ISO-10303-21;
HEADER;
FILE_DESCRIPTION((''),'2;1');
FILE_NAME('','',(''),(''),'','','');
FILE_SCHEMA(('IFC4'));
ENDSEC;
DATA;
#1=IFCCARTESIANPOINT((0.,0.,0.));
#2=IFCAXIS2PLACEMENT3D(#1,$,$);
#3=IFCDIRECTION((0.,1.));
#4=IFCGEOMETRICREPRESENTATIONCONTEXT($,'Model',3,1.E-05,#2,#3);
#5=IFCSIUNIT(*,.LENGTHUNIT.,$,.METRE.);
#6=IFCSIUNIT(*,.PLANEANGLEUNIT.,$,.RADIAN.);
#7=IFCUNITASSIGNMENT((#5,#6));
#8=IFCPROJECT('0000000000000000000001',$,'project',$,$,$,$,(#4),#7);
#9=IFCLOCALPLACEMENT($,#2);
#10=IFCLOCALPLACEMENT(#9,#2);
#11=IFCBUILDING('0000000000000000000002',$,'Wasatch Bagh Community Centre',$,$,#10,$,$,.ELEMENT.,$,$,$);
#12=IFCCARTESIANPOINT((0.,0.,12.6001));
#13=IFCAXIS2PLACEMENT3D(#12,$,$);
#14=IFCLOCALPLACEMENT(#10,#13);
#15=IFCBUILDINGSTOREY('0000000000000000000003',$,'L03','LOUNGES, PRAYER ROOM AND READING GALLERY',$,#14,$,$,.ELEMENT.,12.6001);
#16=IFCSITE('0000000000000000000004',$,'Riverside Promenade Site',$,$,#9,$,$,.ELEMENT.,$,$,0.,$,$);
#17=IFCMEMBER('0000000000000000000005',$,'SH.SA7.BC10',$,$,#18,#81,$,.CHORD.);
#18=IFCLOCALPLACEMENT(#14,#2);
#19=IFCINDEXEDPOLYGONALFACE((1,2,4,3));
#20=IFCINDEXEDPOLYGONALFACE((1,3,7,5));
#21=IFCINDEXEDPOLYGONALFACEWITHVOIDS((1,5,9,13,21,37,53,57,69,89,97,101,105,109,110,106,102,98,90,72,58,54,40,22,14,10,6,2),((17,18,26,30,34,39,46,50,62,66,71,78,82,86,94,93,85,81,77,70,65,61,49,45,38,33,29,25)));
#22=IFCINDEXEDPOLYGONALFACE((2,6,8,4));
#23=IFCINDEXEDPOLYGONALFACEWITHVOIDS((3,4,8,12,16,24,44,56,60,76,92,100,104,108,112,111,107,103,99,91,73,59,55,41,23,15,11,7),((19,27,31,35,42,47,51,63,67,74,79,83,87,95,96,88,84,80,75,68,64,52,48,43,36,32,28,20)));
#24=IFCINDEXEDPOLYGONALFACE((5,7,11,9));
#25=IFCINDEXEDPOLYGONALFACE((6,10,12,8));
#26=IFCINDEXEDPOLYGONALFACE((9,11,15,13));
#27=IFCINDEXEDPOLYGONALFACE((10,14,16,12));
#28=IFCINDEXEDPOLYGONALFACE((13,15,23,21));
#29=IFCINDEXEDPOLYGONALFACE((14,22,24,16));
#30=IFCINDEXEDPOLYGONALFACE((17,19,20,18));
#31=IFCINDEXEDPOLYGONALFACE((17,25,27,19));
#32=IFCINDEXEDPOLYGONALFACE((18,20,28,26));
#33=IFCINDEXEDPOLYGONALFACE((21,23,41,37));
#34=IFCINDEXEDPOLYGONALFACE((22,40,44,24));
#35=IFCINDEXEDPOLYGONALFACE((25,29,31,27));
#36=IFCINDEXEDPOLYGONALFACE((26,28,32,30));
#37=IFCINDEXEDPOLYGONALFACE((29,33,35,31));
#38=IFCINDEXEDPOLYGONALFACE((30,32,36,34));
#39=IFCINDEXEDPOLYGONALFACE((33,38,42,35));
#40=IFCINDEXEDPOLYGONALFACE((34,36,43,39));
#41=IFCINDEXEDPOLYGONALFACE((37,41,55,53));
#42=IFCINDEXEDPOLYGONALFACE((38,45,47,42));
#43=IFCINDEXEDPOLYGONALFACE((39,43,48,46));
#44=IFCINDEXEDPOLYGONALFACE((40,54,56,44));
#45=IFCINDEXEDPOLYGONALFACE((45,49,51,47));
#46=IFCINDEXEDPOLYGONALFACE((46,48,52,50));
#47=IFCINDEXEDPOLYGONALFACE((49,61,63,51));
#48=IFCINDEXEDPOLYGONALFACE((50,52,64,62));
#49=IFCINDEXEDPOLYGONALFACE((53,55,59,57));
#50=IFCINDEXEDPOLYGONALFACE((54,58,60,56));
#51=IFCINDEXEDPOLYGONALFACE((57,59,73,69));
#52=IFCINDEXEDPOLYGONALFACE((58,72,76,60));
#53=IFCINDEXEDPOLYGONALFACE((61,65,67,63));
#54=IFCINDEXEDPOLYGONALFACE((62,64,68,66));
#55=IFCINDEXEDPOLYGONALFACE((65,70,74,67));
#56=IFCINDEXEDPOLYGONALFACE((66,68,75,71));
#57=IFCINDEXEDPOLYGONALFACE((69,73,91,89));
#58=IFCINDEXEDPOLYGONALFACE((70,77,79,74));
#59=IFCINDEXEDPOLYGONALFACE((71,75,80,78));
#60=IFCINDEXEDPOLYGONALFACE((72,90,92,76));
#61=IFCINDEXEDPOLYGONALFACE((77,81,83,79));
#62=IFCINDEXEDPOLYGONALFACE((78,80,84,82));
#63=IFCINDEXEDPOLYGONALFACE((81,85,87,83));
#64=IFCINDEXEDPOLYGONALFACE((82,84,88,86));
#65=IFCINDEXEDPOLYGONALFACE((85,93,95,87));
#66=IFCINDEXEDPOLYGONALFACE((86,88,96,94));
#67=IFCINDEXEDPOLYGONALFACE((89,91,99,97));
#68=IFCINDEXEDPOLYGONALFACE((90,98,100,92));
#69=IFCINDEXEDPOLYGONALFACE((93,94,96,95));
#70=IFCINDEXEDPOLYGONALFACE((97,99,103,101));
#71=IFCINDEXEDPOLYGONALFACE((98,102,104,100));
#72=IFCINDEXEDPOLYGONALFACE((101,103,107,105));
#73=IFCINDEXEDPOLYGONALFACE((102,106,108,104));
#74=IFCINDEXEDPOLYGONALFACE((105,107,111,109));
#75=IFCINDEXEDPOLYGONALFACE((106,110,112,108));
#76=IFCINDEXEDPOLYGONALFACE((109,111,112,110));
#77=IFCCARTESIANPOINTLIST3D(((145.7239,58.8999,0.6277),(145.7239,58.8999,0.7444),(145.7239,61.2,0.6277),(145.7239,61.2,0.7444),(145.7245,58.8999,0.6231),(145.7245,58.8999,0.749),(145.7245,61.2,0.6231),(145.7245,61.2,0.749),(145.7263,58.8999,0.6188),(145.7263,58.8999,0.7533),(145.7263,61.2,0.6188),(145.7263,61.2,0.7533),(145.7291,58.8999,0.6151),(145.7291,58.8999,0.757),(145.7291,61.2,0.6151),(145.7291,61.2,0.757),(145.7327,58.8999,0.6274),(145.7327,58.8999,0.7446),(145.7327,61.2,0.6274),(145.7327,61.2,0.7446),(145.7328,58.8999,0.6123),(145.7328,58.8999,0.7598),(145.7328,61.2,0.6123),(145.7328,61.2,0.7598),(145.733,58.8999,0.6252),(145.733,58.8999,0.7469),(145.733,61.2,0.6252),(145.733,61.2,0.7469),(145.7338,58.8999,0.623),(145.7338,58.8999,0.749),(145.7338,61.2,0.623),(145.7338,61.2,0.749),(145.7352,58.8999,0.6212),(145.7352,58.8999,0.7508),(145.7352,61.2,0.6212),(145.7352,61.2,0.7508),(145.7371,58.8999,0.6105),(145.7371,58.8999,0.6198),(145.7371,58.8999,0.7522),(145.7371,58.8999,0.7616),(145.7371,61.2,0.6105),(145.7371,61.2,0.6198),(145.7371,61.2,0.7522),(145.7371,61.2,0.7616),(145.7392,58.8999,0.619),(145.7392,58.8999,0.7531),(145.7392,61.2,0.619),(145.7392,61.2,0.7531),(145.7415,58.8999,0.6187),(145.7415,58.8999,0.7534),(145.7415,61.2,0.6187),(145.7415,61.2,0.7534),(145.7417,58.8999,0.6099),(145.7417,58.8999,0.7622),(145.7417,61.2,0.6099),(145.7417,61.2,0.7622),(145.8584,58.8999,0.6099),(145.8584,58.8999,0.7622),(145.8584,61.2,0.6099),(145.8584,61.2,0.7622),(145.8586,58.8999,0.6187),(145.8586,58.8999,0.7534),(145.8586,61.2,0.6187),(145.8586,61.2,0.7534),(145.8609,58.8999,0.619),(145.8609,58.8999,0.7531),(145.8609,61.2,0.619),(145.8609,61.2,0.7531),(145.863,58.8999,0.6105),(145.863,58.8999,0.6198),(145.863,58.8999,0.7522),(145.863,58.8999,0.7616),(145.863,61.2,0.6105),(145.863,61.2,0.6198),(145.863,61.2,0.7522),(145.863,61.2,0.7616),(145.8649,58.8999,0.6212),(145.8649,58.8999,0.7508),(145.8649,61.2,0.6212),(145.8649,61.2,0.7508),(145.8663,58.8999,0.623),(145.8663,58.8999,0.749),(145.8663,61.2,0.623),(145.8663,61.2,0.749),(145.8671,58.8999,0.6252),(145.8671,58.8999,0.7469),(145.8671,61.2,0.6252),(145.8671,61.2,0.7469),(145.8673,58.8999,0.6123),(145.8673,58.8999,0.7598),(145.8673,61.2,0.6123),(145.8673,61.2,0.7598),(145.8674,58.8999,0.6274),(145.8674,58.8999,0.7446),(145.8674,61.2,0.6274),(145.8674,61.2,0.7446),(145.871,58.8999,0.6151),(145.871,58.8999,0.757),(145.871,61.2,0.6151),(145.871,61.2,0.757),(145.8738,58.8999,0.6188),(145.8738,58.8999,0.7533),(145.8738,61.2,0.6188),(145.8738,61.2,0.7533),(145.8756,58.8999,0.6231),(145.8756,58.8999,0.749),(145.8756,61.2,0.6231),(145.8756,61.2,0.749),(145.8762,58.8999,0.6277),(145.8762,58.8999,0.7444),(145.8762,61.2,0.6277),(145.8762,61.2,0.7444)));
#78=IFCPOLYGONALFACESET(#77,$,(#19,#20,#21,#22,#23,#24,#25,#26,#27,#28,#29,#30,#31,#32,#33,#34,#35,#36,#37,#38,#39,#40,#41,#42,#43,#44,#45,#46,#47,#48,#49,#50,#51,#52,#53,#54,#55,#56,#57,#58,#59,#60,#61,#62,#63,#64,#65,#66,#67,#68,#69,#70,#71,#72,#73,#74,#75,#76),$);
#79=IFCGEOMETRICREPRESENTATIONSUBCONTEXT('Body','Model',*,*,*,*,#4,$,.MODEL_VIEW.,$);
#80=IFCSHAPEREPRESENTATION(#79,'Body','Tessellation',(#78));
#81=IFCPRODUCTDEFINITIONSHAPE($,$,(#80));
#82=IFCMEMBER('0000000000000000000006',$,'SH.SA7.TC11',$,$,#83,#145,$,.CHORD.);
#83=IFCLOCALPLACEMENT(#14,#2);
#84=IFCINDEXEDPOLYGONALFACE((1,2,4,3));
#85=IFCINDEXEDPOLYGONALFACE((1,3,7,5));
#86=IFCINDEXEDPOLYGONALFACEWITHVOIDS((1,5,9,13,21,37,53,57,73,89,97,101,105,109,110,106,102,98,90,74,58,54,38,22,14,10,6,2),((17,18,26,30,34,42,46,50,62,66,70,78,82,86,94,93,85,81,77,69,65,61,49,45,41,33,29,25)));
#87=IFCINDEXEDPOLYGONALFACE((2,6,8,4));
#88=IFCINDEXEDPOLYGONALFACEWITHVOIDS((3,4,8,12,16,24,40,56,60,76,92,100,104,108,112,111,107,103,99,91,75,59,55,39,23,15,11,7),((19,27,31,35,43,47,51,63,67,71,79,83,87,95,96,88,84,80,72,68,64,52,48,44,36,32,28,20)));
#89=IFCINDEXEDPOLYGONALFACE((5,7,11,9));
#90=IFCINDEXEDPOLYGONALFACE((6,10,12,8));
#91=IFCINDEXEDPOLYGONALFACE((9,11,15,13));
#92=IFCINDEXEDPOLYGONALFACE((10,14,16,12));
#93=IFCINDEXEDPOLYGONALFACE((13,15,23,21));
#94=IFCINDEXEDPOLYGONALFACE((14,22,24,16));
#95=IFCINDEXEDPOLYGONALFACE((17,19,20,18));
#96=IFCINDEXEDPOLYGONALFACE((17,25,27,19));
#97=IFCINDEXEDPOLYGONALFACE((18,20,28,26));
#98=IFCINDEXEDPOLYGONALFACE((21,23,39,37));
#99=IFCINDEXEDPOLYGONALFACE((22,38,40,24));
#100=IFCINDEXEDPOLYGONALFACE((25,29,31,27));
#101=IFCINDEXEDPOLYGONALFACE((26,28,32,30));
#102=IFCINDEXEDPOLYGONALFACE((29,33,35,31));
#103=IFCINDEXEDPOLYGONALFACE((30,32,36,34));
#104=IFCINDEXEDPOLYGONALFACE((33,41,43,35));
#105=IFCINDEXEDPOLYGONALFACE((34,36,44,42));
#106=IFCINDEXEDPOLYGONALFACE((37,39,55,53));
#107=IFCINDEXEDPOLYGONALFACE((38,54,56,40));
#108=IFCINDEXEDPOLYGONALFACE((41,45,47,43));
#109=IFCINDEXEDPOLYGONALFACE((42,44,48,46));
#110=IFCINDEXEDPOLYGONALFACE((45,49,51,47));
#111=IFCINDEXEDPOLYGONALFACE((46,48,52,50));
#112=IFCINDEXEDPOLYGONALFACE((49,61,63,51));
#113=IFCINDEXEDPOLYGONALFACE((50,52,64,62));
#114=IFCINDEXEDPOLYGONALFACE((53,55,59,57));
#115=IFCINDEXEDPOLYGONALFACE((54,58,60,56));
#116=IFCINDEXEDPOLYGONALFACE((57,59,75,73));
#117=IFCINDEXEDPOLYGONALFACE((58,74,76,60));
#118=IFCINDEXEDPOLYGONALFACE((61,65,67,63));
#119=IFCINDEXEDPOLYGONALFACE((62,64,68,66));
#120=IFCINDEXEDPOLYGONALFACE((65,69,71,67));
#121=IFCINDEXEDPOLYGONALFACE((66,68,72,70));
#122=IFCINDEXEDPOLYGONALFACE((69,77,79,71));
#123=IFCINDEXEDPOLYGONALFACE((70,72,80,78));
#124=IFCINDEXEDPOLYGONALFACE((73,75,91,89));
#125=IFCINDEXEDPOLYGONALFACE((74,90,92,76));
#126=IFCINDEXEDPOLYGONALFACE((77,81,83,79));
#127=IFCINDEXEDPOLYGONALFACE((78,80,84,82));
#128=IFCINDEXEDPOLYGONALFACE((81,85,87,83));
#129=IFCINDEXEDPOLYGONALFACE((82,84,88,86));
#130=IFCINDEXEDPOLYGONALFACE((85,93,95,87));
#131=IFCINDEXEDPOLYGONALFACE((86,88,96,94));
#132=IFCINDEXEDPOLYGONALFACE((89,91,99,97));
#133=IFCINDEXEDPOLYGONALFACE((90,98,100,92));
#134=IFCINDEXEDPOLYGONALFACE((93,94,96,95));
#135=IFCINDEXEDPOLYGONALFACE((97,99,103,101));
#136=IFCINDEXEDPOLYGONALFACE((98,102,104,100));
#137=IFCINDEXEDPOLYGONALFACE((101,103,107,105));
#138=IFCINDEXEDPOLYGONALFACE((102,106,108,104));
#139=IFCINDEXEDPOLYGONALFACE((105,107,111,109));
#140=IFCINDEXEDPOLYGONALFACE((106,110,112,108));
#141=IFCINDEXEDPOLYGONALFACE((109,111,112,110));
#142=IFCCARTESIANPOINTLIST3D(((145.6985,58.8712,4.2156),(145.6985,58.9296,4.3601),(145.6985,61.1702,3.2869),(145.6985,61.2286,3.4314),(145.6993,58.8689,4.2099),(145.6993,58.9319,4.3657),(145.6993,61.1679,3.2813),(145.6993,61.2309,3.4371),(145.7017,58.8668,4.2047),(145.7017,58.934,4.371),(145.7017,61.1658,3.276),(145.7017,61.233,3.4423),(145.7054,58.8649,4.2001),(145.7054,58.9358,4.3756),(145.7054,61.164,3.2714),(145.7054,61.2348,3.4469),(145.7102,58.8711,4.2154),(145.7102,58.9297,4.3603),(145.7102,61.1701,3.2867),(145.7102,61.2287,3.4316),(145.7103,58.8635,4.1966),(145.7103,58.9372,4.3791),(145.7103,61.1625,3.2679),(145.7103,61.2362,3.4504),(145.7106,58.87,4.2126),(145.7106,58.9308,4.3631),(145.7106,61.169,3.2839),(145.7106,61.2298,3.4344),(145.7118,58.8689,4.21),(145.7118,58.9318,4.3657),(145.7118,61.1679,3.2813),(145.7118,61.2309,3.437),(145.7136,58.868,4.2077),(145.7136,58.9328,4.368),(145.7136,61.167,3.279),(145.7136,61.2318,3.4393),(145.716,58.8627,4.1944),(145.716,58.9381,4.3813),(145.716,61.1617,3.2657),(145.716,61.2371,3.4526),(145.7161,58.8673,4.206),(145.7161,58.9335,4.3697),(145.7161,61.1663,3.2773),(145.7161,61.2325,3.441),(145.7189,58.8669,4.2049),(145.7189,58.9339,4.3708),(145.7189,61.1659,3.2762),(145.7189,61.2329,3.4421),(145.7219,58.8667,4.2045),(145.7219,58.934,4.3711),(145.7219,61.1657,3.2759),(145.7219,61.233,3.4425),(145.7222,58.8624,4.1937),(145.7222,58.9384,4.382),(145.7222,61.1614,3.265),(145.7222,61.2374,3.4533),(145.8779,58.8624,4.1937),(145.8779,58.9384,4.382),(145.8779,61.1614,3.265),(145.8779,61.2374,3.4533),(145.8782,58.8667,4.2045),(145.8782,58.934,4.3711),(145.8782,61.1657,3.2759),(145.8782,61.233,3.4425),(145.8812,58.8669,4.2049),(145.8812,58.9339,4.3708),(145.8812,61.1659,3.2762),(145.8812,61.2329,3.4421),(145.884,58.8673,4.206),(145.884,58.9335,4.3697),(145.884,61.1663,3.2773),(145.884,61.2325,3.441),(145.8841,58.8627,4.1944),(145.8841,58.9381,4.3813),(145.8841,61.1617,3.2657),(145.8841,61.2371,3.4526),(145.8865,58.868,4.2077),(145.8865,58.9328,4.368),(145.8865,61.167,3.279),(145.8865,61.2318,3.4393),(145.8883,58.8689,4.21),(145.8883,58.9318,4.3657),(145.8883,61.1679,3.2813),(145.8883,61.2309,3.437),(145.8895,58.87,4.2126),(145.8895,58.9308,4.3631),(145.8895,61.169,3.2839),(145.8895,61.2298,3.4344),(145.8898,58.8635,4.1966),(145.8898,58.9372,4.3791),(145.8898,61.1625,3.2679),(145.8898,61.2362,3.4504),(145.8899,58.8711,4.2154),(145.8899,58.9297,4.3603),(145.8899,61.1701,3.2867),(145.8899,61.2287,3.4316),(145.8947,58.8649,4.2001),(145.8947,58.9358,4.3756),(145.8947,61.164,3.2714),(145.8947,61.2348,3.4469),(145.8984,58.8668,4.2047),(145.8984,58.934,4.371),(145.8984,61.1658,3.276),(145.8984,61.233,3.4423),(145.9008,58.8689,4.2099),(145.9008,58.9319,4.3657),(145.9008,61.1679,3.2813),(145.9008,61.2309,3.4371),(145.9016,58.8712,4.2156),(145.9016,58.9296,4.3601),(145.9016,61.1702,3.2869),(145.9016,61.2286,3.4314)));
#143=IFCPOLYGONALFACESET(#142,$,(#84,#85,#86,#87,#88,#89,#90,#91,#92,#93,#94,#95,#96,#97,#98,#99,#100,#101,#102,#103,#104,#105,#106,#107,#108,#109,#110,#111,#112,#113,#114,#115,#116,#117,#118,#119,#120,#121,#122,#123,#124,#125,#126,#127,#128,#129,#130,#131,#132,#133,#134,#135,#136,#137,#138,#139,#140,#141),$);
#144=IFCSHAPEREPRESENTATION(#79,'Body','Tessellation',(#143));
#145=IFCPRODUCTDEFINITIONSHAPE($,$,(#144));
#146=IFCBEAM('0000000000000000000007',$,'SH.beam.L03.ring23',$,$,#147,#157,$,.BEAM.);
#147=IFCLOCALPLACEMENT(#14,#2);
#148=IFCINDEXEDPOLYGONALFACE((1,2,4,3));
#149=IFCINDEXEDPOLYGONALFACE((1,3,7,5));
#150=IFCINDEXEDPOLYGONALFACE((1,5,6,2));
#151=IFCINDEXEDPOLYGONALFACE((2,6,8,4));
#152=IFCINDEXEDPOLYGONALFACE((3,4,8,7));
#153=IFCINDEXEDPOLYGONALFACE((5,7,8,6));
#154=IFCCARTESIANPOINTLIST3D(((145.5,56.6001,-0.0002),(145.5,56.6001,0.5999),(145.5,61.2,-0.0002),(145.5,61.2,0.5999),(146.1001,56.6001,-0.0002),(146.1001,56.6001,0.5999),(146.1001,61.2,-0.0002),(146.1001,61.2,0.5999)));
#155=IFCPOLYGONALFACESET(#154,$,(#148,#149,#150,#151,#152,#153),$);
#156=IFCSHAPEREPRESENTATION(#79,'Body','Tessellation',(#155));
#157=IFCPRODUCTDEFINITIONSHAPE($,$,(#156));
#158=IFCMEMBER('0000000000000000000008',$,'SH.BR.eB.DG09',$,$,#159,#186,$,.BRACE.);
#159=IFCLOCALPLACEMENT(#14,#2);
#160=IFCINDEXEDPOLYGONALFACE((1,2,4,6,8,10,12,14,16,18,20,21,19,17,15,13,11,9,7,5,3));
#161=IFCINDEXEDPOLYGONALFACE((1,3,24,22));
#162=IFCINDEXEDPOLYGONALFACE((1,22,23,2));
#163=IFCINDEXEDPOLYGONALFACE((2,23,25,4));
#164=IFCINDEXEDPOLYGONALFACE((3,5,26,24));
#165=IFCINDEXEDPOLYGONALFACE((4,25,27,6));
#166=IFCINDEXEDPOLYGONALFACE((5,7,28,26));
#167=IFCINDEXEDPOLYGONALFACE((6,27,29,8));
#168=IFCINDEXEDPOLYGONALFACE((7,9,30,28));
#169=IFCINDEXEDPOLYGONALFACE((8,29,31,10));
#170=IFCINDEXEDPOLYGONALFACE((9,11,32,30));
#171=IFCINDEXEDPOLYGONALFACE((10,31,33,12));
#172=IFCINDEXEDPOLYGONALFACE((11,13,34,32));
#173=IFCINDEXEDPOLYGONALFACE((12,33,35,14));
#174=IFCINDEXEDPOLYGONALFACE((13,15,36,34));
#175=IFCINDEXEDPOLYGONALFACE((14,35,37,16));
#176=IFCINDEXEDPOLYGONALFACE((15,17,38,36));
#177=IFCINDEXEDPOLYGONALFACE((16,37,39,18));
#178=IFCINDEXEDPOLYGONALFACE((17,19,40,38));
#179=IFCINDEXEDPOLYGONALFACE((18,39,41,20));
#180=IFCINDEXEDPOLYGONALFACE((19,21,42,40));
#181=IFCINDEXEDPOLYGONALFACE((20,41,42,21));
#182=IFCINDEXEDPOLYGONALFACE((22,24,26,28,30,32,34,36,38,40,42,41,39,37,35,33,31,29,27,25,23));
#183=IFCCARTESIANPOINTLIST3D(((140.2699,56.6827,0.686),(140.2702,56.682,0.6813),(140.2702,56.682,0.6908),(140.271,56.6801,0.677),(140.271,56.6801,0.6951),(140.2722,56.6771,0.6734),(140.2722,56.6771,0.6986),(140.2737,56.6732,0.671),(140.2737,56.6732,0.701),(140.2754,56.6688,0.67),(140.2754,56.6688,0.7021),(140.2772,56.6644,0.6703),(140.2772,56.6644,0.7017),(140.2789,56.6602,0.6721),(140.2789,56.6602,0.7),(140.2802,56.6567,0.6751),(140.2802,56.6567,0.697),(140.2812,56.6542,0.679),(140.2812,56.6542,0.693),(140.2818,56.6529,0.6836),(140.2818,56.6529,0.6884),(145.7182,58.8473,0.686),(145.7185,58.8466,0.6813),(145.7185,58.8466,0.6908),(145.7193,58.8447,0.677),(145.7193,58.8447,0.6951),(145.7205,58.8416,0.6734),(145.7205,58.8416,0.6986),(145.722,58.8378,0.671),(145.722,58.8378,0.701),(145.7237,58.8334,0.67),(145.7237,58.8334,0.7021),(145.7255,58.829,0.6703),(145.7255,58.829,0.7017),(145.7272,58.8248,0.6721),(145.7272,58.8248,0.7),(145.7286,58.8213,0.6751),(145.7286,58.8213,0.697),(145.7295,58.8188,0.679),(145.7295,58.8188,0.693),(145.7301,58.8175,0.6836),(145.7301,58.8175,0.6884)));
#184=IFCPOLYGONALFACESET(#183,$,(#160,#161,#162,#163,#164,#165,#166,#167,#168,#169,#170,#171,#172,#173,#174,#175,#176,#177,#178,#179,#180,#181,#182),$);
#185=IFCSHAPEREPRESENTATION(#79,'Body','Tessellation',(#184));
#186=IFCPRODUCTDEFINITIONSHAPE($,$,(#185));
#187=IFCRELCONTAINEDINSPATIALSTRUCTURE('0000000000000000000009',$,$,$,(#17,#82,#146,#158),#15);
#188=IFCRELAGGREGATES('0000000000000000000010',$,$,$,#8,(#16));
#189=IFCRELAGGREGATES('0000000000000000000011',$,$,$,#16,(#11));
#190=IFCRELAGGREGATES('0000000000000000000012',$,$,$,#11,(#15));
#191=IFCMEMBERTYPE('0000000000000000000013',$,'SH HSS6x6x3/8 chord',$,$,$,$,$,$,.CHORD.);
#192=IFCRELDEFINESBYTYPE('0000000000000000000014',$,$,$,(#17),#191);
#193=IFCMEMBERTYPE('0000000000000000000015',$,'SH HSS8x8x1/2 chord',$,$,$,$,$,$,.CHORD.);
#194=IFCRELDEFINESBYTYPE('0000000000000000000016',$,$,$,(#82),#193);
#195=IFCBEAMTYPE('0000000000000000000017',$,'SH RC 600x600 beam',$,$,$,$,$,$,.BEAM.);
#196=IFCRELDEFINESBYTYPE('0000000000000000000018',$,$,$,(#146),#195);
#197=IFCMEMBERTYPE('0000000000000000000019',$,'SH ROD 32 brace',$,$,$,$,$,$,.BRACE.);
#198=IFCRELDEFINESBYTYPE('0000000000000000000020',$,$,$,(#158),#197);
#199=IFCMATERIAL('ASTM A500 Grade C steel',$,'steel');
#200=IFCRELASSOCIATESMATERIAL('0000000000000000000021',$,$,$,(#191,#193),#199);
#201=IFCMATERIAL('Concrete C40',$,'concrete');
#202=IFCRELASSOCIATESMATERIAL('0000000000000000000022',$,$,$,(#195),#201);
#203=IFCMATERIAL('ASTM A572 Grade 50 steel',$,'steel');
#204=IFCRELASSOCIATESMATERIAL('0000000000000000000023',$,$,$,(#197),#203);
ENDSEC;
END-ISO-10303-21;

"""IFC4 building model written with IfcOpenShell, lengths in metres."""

from ifc_helpers import new_model, si_unit, direction, frame, origin, origin_2d, place, context, subcontext, project, spatial, rectangle, hollow_rectangle, circle, extrude, material, material_profile, profile_set, type_object, element, save


model = new_model("IFC4")

# Units and contexts
model_context = context("Model", 3, precision=1e-05, world=origin(), true_north=direction((0.0, 1.0)))
body_context = subcontext(model_context, "Body", "Model", "MODEL_VIEW")
ifc_project = project(units=[si_unit("LENGTHUNIT", "METRE"), si_unit("PLANEANGLEUNIT", "RADIAN")], contexts=[model_context])

# Site, building, storey
site_placement = place(None, origin())
site = spatial("IfcSite", under=ifc_project, at=site_placement, Name="Riverside Promenade Site", CompositionType="ELEMENT", RefElevation=0.0)
building_placement = place(site_placement, origin())
building = spatial("IfcBuilding", under=site, at=building_placement, Name="Wasatch Bagh Community Centre", CompositionType="ELEMENT")
storey_placement = place(building_placement, frame((0.0, 0.0, 12.6001)))
storey = spatial("IfcBuildingStorey", under=building, at=storey_placement, Name="L03", Description="LOUNGES, PRAYER ROOM AND READING GALLERY", CompositionType="ELEMENT", Elevation=12.6001)

# Members
ifc_material_1 = material(Name="ASTM A500 Grade C steel", Category="steel")
ifc_material_profile_1 = material_profile(ifc_material_1, hollow_rectangle(XDim=0.1523, YDim=0.1523, WallThickness=0.0088, InnerFilletRadius=0.0088, OuterFilletRadius=0.0178, at=origin_2d()), Name="HSS6x6x3/8")
ifc_profile_set_1 = profile_set([ifc_material_profile_1], Name="ASTM A500 Grade C steel")
member_type_1 = type_object("IfcMemberType", Name="SH HSS6x6x3/8 chord", PredefinedType="CHORD", material=ifc_profile_set_1)
member_1_placement = place(storey_placement, frame((145.8, 58.8999, 0.686), z_axis=(0.0, 1.0, 0.0), x_axis=(-1.0, 0.0, 0.0)))
element("IfcMember", 1, at=member_1_placement, inside=storey, type_object=member_type_1, Name="SH.SA7.BC10", PredefinedType="CHORD", context=body_context, shape_type="SweptSolid", body=[
    extrude(hollow_rectangle(XDim=0.1523, YDim=0.1523, WallThickness=0.0088, InnerFilletRadius=0.0088, OuterFilletRadius=0.0178, at=origin_2d()), origin(), (0.0, 0.0, 1.0), 2.3),
])
ifc_material_profile_2 = material_profile(ifc_material_1, hollow_rectangle(XDim=0.2031, YDim=0.2031, WallThickness=0.0117, InnerFilletRadius=0.0117, OuterFilletRadius=0.0237, at=origin_2d()), Name="HSS8x8x1/2")
ifc_profile_set_2 = profile_set([ifc_material_profile_2], Name="ASTM A500 Grade C steel")
member_type_2 = type_object("IfcMemberType", Name="SH HSS8x8x1/2 chord", PredefinedType="CHORD", material=ifc_profile_set_2)
member_2_placement = place(storey_placement, frame((145.8, 58.9004, 4.2878), z_axis=(0.0, 0.927208, -0.374546), x_axis=(-1.0, 0.0, 0.0)))
element("IfcMember", 2, at=member_2_placement, inside=storey, type_object=member_type_2, Name="SH.SA7.TC11", PredefinedType="CHORD", context=body_context, shape_type="SweptSolid", body=[
    extrude(hollow_rectangle(XDim=0.2031, YDim=0.2031, WallThickness=0.0117, InnerFilletRadius=0.0117, OuterFilletRadius=0.0237, at=origin_2d()), origin(), (0.0, 0.0, 1.0), 2.4795),
])

# Beam
ifc_material_2 = material(Name="Concrete C40", Category="concrete")
ifc_material_profile_3 = material_profile(ifc_material_2, rectangle(XDim=0.6001, YDim=0.6001, at=origin_2d()), Name="RC 600x600")
ifc_profile_set_3 = profile_set([ifc_material_profile_3], Name="Concrete C40")
beam_type = type_object("IfcBeamType", Name="SH RC 600x600 beam", PredefinedType="BEAM", material=ifc_profile_set_3)
beam_placement = place(storey_placement, frame((145.8, 56.6001, 0.2998), z_axis=(0.0, 1.0, 0.0), x_axis=(-1.0, 0.0, 0.0)))
element("IfcBeam", 3, at=beam_placement, inside=storey, type_object=beam_type, Name="SH.beam.L03.ring23", PredefinedType="BEAM", context=body_context, shape_type="SweptSolid", body=[
    extrude(rectangle(XDim=0.6001, YDim=0.6001, at=origin_2d()), origin(), (0.0, 0.0, 1.0), 4.5999),
])

# Member
ifc_material_3 = material(Name="ASTM A572 Grade 50 steel", Category="steel")
ifc_material_profile_4 = material_profile(ifc_material_3, circle(Radius=0.0161, at=origin_2d()), Name="ROD 32")
ifc_profile_set_4 = profile_set([ifc_material_profile_4], Name="ASTM A572 Grade 50 steel")
member_type_3 = type_object("IfcMemberType", Name="SH ROD 32 brace", PredefinedType="BRACE", material=ifc_profile_set_4)
member_3_placement = place(storey_placement, frame((140.2759, 56.6677, 0.686), z_axis=(0.929342, 0.369221, 0.0), x_axis=(-0.369221, 0.929342, 0.0)))
element("IfcMember", 4, at=member_3_placement, inside=storey, type_object=member_type_3, Name="SH.BR.eB.DG09", PredefinedType="BRACE", context=body_context, shape_type="SweptSolid", body=[
    extrude(circle(Radius=0.0161, at=origin_2d()), origin(), (0.0, 0.0, 1.0), 5.8625),
])

save(model, "model.ifc")
